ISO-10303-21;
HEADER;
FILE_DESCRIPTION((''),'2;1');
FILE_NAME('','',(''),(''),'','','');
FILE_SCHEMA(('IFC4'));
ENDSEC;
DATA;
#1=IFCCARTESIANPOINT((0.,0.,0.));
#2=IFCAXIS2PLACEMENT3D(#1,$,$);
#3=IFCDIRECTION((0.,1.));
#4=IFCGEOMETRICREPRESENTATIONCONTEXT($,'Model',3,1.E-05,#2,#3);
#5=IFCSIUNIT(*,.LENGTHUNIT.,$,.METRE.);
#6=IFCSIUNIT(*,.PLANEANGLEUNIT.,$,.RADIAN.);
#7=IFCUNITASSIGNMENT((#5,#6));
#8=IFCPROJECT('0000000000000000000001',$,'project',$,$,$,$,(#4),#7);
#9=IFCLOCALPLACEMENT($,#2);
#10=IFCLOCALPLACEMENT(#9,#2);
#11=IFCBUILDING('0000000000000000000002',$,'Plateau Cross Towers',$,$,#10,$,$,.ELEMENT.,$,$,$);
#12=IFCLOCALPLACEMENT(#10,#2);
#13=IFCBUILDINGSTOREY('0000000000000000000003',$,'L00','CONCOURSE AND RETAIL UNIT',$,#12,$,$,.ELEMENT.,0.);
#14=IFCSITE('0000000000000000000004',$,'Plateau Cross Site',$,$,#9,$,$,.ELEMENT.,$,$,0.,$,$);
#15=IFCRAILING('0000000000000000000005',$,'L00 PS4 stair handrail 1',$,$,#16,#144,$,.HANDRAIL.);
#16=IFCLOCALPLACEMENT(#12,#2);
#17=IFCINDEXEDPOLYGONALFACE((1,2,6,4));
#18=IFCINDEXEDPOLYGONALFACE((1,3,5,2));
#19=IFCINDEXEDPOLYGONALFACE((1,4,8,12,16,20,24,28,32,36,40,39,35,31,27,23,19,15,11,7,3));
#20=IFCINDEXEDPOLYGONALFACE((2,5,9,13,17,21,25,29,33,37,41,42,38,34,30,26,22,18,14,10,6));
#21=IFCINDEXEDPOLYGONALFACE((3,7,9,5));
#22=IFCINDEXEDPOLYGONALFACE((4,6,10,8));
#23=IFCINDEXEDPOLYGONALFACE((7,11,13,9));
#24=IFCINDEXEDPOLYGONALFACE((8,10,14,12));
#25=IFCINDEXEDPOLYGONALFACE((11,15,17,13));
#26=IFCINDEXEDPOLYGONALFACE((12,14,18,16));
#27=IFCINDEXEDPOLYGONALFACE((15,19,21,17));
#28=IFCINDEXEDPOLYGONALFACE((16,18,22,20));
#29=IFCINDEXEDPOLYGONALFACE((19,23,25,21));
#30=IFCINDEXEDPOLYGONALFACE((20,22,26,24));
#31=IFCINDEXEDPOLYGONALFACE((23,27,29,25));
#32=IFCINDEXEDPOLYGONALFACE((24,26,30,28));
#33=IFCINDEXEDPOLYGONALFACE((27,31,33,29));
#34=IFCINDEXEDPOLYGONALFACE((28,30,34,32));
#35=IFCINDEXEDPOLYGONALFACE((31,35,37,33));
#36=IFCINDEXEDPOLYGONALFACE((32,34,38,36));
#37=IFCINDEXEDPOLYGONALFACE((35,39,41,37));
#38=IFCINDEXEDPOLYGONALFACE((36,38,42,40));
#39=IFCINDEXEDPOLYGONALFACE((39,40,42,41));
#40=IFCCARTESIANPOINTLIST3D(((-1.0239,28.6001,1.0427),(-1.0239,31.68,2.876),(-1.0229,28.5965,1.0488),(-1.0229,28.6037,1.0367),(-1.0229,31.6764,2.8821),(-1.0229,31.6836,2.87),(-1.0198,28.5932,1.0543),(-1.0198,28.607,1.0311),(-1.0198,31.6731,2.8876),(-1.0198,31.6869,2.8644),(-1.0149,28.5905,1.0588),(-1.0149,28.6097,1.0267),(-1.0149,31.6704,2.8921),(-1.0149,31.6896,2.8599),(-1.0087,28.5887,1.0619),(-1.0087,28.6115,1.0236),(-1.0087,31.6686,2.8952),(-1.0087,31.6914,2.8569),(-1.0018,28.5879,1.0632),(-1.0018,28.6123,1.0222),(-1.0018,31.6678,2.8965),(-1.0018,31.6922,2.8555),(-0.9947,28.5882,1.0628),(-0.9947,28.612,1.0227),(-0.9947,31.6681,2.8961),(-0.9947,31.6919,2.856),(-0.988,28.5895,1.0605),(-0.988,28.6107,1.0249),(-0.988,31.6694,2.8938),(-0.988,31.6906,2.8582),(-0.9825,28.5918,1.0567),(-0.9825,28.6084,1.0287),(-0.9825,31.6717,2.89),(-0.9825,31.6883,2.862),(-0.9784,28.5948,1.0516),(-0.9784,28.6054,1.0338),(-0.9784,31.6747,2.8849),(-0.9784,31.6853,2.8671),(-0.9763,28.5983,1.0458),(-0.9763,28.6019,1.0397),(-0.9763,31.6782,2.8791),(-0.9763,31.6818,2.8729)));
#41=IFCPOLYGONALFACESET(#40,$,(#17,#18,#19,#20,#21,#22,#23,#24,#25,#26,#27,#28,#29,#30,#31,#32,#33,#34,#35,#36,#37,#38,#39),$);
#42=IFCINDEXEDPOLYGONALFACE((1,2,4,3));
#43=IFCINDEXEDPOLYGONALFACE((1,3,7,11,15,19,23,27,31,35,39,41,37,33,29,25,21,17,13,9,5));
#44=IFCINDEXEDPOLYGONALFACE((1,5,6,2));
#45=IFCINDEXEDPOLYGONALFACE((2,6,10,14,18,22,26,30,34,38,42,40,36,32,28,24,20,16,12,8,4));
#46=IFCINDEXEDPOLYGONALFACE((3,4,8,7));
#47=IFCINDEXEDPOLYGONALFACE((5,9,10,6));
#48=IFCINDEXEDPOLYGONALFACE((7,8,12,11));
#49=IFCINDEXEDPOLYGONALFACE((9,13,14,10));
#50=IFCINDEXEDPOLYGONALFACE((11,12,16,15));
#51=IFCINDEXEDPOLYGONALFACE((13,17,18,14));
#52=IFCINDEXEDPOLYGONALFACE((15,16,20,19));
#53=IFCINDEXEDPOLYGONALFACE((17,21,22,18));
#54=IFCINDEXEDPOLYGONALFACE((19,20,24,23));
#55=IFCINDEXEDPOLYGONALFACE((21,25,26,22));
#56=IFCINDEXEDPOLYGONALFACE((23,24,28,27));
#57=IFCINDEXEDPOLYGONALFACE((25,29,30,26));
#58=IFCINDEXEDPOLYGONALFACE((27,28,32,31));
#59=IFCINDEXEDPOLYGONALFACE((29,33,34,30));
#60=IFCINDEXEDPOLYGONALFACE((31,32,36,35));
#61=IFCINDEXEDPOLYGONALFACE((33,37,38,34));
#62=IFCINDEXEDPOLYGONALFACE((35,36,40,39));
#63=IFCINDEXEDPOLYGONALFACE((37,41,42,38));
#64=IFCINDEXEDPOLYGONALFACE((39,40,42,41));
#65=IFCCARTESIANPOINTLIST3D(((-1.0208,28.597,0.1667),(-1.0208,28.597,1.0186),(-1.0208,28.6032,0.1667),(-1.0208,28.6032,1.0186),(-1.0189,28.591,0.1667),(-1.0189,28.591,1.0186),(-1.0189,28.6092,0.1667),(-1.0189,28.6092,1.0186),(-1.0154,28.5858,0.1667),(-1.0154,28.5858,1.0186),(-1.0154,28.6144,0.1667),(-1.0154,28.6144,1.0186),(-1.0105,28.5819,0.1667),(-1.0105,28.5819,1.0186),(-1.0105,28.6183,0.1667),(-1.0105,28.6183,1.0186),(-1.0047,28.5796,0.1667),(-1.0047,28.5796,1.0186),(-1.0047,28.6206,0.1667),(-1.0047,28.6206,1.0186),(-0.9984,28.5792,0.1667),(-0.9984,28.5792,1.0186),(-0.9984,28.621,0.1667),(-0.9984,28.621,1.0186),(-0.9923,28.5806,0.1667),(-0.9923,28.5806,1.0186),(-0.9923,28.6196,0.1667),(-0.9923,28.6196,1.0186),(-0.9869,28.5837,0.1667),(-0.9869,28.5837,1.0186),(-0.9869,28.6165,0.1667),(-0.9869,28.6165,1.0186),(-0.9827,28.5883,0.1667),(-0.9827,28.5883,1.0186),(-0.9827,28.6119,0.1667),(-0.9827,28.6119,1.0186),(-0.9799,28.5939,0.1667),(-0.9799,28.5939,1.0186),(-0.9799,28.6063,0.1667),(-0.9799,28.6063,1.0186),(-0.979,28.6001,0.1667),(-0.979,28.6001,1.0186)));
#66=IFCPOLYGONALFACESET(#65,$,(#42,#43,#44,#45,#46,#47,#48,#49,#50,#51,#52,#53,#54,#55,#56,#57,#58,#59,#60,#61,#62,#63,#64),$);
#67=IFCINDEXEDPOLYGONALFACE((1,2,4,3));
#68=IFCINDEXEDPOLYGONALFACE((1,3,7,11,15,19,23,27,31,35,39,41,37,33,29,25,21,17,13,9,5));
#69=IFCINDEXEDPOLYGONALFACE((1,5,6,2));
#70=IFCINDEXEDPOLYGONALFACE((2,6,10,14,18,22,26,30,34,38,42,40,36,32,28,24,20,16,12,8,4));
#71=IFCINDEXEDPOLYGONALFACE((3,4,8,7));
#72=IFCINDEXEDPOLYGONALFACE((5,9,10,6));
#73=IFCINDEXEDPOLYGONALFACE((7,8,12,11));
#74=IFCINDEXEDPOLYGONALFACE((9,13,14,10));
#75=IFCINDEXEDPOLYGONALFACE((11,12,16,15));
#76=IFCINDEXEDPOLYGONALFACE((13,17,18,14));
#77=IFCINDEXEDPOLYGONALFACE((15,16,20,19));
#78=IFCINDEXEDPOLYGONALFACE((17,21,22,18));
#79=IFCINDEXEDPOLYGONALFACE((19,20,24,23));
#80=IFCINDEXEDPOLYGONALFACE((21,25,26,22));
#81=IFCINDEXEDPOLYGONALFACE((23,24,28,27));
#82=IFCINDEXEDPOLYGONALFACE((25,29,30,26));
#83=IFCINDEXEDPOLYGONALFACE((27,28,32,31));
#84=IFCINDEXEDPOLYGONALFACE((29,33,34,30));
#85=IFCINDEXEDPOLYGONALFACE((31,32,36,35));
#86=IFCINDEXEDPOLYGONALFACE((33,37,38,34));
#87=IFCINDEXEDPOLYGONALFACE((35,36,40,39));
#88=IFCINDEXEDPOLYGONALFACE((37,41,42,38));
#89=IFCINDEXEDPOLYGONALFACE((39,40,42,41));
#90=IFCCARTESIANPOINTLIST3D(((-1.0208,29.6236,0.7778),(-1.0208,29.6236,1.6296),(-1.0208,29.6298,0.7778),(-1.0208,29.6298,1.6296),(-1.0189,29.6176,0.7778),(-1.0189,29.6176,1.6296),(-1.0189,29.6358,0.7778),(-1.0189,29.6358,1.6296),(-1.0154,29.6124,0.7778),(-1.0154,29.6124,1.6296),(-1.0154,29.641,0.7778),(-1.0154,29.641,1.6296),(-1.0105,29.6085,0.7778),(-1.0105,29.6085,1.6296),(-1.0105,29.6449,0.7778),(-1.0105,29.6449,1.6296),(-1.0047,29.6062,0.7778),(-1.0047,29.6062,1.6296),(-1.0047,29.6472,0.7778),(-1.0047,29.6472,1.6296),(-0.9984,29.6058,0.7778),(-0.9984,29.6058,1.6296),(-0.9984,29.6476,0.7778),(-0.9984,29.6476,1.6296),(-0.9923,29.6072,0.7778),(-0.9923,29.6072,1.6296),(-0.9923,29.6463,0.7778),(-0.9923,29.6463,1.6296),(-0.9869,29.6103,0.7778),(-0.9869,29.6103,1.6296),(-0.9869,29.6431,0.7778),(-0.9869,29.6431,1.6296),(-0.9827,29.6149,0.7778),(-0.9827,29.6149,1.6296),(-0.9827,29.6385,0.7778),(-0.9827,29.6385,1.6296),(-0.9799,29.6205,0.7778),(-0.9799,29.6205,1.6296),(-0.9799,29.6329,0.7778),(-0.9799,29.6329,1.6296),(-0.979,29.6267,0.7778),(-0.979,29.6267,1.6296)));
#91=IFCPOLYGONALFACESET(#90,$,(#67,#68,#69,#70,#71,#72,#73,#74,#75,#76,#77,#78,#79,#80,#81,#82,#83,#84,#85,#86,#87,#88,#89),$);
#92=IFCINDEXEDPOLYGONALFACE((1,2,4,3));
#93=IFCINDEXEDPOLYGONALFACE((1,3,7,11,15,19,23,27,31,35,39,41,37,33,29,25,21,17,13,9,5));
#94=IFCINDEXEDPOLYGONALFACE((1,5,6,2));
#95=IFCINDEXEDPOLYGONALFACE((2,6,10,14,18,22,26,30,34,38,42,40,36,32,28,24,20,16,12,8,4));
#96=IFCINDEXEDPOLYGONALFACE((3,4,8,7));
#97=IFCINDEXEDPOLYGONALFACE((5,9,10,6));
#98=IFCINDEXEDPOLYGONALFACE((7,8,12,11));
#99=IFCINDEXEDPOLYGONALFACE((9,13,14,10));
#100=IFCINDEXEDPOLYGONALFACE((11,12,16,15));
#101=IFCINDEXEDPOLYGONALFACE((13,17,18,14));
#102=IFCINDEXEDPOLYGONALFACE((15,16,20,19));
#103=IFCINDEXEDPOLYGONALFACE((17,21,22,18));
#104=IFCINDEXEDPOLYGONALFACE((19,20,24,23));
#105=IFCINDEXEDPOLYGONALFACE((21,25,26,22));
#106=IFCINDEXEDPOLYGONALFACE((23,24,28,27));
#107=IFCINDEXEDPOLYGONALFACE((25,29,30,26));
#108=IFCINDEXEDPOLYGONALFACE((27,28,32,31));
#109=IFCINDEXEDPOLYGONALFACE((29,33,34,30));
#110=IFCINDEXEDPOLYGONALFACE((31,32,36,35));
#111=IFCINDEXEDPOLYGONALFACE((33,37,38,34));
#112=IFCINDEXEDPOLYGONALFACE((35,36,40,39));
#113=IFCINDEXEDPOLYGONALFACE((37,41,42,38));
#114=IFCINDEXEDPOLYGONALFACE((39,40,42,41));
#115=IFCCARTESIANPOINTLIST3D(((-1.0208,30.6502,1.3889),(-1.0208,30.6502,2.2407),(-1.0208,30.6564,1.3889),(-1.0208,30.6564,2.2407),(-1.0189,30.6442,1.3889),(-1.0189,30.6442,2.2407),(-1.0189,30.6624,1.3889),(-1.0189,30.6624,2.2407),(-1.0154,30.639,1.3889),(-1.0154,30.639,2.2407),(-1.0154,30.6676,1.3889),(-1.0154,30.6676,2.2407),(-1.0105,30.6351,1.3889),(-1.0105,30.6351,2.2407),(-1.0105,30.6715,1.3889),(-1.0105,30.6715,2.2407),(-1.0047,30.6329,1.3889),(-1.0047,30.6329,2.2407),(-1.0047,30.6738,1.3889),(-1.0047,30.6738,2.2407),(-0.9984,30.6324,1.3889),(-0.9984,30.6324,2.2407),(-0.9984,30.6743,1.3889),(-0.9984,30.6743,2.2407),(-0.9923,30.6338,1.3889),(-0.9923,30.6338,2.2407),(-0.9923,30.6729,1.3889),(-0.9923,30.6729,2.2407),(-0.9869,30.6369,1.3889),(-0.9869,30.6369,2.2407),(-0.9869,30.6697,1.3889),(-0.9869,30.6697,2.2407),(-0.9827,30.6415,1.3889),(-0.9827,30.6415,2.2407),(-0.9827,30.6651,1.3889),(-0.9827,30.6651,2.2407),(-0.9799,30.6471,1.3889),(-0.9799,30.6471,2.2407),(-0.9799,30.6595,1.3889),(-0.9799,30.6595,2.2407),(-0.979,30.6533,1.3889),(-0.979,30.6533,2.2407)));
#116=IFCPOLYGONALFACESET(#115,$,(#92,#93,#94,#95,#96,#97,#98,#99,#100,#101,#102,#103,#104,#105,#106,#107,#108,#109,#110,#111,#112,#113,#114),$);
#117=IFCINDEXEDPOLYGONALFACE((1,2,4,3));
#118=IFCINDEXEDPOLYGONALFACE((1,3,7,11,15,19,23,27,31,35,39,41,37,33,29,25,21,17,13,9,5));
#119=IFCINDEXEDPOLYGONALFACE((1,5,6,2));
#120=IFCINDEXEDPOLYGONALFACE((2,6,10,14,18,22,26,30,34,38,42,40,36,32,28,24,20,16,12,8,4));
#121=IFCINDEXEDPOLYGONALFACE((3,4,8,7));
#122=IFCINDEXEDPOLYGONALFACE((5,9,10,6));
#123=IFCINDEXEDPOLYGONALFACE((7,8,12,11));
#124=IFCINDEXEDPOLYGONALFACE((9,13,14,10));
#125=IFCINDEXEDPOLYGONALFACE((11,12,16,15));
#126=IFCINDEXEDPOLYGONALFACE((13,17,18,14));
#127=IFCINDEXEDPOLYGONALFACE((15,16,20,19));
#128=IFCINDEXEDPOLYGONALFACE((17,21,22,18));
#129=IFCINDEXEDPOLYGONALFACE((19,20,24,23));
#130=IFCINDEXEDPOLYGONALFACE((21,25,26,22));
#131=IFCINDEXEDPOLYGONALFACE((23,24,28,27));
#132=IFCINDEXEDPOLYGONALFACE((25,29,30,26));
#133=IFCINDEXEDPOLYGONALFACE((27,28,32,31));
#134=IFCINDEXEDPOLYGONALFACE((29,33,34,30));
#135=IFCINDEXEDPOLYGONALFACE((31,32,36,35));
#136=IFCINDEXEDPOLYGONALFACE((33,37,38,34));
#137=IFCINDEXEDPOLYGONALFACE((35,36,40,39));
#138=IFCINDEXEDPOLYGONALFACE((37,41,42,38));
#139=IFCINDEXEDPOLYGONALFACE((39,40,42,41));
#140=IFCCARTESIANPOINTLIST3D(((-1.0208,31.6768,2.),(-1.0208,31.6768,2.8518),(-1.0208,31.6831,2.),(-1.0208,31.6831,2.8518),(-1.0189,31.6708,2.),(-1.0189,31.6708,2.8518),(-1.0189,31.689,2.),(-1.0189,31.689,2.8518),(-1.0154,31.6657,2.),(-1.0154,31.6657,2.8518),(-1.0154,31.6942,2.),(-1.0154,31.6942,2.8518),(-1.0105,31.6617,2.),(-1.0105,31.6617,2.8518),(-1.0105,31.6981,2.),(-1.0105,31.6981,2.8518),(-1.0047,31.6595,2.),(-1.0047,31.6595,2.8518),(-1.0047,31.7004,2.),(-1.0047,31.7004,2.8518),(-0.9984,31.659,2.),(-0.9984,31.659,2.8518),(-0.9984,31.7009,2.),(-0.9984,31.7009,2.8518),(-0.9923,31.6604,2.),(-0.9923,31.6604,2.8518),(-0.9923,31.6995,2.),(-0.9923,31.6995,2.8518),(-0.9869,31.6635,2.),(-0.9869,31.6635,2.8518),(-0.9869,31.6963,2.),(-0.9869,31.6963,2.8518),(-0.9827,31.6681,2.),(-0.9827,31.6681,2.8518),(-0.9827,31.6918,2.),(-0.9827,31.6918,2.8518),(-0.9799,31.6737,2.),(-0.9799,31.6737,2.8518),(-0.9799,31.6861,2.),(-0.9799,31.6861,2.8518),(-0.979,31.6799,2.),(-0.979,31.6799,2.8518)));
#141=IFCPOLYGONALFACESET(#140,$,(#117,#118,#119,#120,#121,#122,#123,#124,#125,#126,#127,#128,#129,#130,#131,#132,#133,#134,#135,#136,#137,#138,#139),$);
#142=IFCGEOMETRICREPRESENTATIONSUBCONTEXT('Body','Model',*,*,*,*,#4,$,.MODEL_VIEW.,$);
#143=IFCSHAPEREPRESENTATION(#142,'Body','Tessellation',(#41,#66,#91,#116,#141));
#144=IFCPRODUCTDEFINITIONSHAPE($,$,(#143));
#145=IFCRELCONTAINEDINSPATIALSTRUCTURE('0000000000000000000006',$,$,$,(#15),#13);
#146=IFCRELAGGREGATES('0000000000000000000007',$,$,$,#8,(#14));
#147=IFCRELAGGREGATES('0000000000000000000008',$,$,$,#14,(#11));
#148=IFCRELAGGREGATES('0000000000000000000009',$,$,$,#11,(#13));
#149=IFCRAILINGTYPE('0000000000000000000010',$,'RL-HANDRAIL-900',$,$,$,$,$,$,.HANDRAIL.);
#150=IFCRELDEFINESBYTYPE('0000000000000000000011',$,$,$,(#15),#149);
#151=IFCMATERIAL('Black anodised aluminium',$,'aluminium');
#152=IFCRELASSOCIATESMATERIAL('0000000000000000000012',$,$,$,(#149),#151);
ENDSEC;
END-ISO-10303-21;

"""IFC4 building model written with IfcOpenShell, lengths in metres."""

from ifc_helpers import new_model, si_unit, direction, frame, origin, origin_2d, place, context, subcontext, project, spatial, circle, extrude, material, type_object, element, save


model = new_model("IFC4")

# Units and contexts
model_context = context("Model", 3, precision=1e-05, world=origin(), true_north=direction((0.0, 1.0)))
body_context = subcontext(model_context, "Body", "Model", "MODEL_VIEW")
ifc_project = project(units=[si_unit("LENGTHUNIT", "METRE"), si_unit("PLANEANGLEUNIT", "RADIAN")], contexts=[model_context])

# Site, building, storey
site_placement = place(None, origin())
site = spatial("IfcSite", under=ifc_project, at=site_placement, Name="Plateau Cross Site", CompositionType="ELEMENT", RefElevation=0.0)
building_placement = place(site_placement, origin())
building = spatial("IfcBuilding", under=site, at=building_placement, Name="Plateau Cross Towers", CompositionType="ELEMENT")
storey_placement = place(building_placement, origin())
storey = spatial("IfcBuildingStorey", under=building, at=storey_placement, Name="L00", Description="CONCOURSE AND RETAIL UNIT", CompositionType="ELEMENT", Elevation=0.0)

# Shared definitions
ifc_material_1 = material(Name="Black anodised aluminium", Category="aluminium")

# Railing
railing_type_1 = type_object("IfcRailingType", Name="RL-HANDRAIL-900", PredefinedType="HANDRAIL", material=ifc_material_1)
railing_1_placement = place(storey_placement, frame((-1.0, 28.6001, 0.1667)))
element("IfcRailing", 1, at=railing_1_placement, inside=storey, type_object=railing_type_1, Name="L00 PS4 stair handrail 1", PredefinedType="HANDRAIL", context=body_context, shape_type="SweptSolid", body=[
    extrude(circle(Radius=0.0239, at=origin_2d()), frame((0.0, 0.0, 0.876), z_axis=(0.0, 0.859291, 0.511487), x_axis=(-1.0, 0.0, 0.0)), (0.0, 0.0, 1.0), 3.5842),
    extrude(circle(Radius=0.021, at=origin_2d()), origin(), (0.0, 0.0, 1.0), 0.8518),
    extrude(circle(Radius=0.021, at=origin_2d()), frame((0.0, 1.0266, 0.6111)), (0.0, 0.0, 1.0), 0.8518),
    extrude(circle(Radius=0.021, at=origin_2d()), frame((0.0, 2.0532, 1.2222)), (0.0, 0.0, 1.0), 0.8518),
    extrude(circle(Radius=0.021, at=origin_2d()), frame((0.0, 3.0798, 1.8333)), (0.0, 0.0, 1.0), 0.8518),
])

save(model, "model.ifc")
